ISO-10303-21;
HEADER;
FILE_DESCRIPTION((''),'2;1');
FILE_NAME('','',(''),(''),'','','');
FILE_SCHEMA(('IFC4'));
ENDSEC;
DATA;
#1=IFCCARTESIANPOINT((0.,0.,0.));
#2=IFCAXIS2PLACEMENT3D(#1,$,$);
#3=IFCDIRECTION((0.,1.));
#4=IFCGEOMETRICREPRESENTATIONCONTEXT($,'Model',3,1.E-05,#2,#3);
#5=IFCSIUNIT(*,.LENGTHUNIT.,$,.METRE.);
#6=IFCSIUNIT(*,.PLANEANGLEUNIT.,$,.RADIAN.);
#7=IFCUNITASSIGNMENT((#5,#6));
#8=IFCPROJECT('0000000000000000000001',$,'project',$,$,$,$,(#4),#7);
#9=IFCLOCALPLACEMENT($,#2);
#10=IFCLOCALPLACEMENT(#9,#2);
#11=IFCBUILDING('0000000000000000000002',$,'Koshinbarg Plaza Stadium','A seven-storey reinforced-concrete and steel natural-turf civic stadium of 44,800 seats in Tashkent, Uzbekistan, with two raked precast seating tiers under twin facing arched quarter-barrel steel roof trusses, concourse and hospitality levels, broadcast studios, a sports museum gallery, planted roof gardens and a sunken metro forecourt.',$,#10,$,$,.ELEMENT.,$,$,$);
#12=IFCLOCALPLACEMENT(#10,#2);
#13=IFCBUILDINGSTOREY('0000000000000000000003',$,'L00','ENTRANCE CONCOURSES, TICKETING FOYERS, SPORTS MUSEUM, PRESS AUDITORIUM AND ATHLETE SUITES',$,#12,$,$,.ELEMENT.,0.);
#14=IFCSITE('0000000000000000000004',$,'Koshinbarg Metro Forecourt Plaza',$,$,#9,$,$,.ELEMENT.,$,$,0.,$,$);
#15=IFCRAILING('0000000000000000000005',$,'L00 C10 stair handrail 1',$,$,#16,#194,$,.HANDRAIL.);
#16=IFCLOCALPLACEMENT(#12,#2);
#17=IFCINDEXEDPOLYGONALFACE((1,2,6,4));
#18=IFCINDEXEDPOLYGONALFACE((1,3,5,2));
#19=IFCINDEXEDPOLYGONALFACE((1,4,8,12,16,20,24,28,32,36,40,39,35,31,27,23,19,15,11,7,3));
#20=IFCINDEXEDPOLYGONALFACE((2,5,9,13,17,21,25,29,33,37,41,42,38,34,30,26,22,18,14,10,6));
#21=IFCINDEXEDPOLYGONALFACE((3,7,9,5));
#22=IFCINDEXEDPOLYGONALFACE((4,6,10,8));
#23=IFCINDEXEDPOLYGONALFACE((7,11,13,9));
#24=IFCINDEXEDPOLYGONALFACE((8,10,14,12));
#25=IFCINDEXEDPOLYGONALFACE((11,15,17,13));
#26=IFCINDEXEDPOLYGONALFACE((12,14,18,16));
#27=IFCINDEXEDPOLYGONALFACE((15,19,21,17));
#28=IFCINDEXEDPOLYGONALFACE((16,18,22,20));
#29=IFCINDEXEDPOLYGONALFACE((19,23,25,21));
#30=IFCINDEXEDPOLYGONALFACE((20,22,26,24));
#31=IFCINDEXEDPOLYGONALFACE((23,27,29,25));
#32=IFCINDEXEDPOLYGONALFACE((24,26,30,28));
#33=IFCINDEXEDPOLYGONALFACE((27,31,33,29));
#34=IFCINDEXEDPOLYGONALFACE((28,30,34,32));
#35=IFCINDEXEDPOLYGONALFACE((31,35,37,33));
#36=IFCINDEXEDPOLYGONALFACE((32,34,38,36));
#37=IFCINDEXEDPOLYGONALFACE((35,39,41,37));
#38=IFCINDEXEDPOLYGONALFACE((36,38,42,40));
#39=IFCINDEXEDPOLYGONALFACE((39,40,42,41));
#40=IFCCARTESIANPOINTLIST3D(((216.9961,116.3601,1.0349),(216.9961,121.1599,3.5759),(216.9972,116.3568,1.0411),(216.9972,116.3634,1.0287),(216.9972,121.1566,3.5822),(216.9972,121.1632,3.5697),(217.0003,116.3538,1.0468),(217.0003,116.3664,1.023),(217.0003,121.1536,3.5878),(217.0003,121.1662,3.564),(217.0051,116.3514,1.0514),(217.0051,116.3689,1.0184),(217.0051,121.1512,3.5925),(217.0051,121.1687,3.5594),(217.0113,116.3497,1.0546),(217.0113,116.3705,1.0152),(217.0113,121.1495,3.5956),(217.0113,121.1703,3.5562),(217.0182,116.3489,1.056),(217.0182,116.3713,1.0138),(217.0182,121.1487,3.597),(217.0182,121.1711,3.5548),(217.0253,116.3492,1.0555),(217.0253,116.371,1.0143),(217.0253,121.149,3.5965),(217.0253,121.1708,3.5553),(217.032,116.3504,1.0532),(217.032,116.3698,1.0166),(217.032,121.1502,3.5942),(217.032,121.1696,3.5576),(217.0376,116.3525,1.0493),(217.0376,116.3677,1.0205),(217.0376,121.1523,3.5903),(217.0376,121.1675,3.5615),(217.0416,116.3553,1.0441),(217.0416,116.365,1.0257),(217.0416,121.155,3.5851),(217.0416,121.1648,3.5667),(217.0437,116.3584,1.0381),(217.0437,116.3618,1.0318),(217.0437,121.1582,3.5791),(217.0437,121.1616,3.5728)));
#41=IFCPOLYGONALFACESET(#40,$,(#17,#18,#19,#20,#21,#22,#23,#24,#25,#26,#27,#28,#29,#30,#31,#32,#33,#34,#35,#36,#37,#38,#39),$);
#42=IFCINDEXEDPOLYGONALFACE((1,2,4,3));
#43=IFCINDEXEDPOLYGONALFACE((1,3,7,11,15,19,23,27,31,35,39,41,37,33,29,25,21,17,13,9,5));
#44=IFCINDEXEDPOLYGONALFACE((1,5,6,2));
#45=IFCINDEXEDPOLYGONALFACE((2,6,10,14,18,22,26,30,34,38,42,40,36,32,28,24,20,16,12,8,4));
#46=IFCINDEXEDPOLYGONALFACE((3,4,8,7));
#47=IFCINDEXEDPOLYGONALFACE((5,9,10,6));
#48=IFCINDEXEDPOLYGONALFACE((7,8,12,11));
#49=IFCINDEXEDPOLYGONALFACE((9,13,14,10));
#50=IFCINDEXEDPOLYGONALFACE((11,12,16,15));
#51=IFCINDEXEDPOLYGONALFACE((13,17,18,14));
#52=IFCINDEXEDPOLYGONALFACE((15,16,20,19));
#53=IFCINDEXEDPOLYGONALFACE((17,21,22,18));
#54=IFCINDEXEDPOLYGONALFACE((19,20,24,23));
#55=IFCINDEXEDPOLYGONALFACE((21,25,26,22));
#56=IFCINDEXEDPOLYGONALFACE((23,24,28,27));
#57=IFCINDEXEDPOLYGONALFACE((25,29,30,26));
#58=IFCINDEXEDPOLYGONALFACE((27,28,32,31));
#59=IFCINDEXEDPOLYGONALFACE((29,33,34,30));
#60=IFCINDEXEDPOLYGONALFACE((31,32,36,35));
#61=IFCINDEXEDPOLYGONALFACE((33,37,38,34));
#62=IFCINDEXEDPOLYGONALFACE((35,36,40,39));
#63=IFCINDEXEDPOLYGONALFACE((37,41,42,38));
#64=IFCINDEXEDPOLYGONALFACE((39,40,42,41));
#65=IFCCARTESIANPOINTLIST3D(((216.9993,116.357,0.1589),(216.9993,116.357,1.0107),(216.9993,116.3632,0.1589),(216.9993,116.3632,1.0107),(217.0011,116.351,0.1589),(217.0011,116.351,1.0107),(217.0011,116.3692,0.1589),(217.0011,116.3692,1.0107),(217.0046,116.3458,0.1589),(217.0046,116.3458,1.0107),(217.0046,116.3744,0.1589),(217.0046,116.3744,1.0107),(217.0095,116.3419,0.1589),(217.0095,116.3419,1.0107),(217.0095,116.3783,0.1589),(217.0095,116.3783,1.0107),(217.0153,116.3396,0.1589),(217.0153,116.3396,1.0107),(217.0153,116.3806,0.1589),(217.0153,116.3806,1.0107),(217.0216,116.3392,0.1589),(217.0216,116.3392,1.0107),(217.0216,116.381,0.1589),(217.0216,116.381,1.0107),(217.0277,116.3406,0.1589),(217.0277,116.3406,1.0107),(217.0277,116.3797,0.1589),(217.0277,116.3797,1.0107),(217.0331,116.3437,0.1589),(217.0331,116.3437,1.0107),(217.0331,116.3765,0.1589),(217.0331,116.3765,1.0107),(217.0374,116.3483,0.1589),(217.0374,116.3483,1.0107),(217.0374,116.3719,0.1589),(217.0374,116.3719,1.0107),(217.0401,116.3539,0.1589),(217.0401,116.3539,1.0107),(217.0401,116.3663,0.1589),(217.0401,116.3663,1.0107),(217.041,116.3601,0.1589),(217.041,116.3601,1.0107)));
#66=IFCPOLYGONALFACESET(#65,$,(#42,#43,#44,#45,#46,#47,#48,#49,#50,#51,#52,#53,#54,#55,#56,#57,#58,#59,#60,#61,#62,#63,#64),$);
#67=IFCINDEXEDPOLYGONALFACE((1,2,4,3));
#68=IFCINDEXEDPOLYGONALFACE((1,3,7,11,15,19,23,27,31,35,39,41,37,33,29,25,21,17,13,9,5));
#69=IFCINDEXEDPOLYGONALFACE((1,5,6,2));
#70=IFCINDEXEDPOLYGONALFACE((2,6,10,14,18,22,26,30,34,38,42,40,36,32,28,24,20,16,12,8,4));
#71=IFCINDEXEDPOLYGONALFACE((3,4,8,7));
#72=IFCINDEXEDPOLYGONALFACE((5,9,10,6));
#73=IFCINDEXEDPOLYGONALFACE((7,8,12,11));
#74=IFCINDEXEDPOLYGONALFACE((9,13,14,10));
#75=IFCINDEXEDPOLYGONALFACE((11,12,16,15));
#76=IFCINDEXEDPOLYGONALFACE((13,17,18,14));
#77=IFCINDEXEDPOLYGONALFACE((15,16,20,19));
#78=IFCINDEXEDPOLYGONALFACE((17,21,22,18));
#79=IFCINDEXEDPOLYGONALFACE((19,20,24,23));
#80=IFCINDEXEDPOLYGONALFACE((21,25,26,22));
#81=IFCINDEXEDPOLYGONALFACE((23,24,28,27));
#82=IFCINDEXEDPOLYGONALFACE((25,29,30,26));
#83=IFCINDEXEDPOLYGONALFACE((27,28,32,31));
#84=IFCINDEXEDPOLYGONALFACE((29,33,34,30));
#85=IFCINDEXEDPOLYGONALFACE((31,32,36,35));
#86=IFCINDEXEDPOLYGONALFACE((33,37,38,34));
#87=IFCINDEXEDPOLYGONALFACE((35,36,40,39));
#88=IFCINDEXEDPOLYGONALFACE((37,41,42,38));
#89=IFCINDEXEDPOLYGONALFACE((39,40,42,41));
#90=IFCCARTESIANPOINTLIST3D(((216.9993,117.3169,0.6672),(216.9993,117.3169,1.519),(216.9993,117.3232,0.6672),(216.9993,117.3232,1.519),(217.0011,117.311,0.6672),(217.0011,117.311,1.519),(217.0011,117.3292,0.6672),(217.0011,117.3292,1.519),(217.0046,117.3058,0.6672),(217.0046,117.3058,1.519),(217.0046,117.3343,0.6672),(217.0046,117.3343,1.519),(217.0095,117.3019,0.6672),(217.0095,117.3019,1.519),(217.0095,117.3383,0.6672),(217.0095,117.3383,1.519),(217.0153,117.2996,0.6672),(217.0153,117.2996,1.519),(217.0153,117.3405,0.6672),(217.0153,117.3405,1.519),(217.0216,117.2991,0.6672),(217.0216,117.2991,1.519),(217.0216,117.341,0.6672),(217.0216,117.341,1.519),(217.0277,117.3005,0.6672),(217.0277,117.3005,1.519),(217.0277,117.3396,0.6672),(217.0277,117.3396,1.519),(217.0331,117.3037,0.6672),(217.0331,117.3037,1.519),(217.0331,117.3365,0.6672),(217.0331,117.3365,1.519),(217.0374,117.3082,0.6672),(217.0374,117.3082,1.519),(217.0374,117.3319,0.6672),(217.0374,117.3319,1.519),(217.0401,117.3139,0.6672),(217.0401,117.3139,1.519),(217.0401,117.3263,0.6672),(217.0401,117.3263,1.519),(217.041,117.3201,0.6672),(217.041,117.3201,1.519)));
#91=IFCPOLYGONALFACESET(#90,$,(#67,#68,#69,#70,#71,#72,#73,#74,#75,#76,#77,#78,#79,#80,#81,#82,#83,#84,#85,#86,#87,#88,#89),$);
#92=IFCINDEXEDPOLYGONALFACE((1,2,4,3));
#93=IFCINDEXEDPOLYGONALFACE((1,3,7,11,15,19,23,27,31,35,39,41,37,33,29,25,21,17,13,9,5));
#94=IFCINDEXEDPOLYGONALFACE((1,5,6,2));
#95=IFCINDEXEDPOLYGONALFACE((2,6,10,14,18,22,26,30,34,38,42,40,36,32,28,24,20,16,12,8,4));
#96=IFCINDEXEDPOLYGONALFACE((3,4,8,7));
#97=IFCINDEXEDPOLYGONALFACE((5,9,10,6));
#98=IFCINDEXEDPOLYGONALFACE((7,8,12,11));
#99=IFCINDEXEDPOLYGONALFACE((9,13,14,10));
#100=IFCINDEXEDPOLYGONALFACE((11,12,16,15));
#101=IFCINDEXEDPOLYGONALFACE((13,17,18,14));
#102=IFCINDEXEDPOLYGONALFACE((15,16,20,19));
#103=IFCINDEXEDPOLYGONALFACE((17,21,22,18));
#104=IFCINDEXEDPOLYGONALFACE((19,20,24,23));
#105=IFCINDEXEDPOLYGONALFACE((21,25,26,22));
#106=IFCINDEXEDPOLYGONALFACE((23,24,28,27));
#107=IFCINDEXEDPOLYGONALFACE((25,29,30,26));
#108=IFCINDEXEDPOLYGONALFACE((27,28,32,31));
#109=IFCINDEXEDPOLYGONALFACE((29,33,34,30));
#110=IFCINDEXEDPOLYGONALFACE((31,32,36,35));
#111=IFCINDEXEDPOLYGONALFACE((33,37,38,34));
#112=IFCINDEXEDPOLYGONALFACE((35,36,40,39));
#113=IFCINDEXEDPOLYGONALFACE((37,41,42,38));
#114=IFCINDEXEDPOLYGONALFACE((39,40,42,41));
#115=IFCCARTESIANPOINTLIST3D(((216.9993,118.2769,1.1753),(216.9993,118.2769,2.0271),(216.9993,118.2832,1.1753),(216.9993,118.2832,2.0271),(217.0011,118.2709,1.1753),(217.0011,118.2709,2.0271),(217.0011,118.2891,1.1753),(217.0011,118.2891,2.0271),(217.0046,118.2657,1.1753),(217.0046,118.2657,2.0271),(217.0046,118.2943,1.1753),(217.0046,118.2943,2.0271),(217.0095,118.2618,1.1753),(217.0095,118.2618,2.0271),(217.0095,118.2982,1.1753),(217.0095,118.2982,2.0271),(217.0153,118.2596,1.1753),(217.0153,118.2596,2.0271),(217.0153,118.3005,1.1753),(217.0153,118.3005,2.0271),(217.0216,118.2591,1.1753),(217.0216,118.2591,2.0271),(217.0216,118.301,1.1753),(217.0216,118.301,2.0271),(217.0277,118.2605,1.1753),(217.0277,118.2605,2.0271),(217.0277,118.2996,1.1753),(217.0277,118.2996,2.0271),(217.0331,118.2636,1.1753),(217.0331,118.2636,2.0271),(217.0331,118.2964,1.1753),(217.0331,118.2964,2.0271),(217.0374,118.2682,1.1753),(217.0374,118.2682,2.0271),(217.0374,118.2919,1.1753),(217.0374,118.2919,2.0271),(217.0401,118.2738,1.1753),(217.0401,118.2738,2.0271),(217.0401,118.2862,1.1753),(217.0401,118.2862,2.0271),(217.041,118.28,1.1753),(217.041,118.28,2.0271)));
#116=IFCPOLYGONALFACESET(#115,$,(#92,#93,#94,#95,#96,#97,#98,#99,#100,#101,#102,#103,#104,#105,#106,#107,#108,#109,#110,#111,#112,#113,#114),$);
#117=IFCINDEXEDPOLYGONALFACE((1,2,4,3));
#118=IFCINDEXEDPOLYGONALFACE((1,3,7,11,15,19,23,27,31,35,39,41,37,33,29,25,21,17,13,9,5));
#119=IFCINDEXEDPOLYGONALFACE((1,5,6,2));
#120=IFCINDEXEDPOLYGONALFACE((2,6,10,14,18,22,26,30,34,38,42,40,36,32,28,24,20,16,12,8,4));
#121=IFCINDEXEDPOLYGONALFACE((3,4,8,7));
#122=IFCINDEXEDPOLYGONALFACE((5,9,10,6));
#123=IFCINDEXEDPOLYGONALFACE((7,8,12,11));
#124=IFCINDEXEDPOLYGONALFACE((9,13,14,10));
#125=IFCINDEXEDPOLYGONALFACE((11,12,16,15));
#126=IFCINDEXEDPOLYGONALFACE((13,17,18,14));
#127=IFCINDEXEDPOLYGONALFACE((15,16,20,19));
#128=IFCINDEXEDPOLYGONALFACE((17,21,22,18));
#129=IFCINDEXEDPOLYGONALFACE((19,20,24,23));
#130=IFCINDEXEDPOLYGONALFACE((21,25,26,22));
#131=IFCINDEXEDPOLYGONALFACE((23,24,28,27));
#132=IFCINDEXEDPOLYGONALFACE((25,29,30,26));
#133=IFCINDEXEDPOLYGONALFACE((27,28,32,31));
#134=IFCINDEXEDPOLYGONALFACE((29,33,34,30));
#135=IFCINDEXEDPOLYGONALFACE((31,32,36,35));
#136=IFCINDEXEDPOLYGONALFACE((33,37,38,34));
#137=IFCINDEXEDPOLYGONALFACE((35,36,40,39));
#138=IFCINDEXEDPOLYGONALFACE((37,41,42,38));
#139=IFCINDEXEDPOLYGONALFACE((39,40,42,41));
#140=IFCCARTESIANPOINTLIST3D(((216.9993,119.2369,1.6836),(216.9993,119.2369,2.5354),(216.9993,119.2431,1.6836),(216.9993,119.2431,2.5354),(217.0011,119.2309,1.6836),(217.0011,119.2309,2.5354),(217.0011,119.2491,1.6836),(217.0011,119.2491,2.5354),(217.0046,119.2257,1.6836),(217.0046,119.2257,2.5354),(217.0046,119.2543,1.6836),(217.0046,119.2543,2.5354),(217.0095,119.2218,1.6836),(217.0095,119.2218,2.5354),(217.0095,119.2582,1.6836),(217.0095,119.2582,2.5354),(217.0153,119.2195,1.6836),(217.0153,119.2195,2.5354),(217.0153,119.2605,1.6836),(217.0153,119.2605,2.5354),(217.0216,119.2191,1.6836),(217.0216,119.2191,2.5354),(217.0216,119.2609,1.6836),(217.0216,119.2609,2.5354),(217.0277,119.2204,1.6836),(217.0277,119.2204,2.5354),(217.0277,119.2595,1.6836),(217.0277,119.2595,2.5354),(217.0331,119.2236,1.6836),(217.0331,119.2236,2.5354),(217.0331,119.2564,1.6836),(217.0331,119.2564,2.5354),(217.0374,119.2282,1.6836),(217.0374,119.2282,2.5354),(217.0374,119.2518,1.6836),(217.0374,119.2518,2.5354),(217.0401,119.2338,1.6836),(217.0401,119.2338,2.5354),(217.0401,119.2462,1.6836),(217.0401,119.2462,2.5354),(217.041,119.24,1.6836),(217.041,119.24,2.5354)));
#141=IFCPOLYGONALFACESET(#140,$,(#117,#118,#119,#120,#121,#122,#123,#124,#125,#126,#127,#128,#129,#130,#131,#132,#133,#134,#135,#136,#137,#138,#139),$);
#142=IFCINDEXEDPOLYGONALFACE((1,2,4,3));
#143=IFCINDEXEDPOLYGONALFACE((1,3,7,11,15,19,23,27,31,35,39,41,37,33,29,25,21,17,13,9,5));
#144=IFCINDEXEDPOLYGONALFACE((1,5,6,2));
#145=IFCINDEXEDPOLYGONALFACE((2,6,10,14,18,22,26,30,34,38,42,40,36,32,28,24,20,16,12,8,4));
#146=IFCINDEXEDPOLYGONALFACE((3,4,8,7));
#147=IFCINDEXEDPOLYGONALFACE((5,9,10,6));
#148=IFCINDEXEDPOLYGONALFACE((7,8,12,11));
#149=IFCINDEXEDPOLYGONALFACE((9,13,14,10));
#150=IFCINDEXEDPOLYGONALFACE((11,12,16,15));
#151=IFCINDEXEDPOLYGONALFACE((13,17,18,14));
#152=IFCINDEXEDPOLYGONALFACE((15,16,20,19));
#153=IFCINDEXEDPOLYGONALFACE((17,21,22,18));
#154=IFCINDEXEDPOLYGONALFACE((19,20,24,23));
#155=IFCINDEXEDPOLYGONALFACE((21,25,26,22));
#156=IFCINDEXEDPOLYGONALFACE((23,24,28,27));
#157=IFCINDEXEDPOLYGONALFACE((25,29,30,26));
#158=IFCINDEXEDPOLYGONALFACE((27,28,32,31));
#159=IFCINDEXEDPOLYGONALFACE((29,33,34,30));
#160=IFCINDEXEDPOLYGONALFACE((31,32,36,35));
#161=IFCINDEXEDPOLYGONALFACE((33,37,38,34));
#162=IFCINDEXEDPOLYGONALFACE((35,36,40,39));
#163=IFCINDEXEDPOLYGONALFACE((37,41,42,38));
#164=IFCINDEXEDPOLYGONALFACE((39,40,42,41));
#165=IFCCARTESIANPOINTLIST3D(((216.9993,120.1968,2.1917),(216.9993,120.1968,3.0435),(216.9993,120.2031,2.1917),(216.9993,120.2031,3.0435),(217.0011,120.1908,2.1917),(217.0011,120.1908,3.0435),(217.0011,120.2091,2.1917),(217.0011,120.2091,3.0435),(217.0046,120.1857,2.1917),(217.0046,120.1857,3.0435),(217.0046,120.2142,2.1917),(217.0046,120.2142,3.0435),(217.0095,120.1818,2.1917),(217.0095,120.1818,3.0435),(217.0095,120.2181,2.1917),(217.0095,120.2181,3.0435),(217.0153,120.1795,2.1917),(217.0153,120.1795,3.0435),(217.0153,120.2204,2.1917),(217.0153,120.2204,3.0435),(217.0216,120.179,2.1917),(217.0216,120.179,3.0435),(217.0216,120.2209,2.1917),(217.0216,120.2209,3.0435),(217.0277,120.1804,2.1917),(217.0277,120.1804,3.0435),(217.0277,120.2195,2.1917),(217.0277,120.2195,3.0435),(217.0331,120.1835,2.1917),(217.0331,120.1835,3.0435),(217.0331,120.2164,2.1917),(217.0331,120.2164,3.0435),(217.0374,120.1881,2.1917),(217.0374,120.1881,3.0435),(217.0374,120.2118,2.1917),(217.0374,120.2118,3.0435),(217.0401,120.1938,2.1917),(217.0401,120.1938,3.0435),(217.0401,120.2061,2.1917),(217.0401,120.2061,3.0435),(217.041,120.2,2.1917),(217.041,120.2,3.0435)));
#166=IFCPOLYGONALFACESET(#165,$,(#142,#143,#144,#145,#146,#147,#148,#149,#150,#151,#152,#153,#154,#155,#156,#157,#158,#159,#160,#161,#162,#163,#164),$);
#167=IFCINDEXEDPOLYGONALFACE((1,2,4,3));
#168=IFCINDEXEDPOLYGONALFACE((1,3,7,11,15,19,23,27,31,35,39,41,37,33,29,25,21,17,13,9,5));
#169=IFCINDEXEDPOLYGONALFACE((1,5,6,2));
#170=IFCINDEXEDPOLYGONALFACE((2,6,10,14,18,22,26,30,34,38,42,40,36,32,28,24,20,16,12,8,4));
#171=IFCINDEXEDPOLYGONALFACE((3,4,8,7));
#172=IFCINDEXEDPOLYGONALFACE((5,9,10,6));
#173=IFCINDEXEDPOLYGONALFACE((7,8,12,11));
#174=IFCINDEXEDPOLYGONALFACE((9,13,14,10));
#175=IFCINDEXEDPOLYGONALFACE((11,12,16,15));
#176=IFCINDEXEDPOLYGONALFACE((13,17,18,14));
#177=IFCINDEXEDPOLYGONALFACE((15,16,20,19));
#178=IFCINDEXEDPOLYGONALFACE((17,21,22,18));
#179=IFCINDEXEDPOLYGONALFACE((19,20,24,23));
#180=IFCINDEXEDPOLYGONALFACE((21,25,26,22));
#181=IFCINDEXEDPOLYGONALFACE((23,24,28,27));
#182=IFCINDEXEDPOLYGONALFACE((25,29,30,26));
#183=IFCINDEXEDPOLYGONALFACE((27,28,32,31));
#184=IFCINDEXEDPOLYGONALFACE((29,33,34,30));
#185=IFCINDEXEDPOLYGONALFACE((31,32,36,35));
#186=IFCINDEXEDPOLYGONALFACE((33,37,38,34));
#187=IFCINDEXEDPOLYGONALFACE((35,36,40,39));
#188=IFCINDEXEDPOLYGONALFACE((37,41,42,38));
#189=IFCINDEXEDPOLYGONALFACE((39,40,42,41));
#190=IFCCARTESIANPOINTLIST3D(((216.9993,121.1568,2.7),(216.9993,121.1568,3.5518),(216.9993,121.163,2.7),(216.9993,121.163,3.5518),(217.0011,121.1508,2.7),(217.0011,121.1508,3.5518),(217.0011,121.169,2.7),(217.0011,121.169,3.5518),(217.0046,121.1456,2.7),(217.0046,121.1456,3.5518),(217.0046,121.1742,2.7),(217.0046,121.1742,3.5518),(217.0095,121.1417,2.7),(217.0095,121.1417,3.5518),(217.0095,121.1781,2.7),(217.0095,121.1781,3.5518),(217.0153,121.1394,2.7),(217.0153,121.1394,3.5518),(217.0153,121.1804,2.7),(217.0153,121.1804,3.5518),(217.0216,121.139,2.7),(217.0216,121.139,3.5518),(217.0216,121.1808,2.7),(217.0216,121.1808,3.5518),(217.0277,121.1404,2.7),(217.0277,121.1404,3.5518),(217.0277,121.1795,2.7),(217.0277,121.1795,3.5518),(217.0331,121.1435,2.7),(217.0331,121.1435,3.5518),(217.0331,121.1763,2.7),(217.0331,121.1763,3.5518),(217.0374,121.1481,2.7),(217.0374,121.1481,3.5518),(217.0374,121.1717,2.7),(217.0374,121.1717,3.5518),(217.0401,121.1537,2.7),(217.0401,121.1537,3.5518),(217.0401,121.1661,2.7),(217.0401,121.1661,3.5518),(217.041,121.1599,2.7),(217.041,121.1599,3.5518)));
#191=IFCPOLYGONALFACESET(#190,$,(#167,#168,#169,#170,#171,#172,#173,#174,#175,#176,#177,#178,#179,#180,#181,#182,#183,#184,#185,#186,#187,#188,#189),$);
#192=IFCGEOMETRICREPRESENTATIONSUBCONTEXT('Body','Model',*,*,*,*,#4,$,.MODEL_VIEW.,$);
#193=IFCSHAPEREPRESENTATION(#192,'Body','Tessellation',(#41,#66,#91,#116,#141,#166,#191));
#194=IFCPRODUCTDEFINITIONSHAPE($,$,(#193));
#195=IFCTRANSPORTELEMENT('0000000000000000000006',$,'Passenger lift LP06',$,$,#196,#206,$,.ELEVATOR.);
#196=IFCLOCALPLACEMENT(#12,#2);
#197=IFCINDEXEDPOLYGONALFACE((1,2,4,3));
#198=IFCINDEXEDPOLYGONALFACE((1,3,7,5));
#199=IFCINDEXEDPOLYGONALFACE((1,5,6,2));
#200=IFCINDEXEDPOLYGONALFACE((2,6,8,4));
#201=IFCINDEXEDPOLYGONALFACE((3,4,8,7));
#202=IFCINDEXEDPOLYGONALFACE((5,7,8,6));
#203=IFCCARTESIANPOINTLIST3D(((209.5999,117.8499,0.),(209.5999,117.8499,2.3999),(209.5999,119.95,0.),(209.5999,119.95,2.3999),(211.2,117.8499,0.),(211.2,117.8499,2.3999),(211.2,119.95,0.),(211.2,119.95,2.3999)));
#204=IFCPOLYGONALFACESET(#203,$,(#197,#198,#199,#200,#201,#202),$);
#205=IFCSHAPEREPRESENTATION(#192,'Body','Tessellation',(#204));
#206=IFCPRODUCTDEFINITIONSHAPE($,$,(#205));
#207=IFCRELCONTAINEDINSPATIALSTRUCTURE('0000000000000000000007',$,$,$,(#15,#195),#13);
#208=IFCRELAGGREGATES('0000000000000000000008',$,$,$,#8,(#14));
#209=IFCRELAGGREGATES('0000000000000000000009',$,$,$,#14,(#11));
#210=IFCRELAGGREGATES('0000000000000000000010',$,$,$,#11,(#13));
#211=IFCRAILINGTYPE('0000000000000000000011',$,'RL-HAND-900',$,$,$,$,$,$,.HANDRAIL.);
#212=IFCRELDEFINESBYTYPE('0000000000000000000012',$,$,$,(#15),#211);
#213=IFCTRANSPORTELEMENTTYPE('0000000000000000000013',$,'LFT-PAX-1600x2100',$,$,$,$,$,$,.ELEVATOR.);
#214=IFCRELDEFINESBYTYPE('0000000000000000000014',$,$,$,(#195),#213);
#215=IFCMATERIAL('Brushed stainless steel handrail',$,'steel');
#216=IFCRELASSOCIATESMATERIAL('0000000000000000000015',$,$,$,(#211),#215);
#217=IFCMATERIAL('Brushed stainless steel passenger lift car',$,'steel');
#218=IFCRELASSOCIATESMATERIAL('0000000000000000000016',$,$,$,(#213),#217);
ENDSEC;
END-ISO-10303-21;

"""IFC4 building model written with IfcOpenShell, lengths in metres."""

from ifc_helpers import new_model, si_unit, direction, frame, origin, origin_2d, place, context, subcontext, project, spatial, rectangle, circle, extrude, material, type_object, element, save


model = new_model("IFC4")

# Units and contexts
model_context = context("Model", 3, precision=1e-05, world=origin(), true_north=direction((0.0, 1.0)))
body_context = subcontext(model_context, "Body", "Model", "MODEL_VIEW")
ifc_project = project(units=[si_unit("LENGTHUNIT", "METRE"), si_unit("PLANEANGLEUNIT", "RADIAN")], contexts=[model_context])

# Site, building, storey
site_placement = place(None, origin())
site = spatial("IfcSite", under=ifc_project, at=site_placement, Name="Koshinbarg Metro Forecourt Plaza", CompositionType="ELEMENT", RefElevation=0.0)
building_placement = place(site_placement, origin())
building = spatial("IfcBuilding", under=site, at=building_placement, Name="Koshinbarg Plaza Stadium", Description="A seven-storey reinforced-concrete and steel natural-turf civic stadium of 44,800 seats in Tashkent, Uzbekistan, with two raked precast seating tiers under twin facing arched quarter-barrel steel roof trusses, concourse and hospitality levels, broadcast studios, a sports museum gallery, planted roof gardens and a sunken metro forecourt.", CompositionType="ELEMENT")
storey_placement = place(building_placement, origin())
storey = spatial("IfcBuildingStorey", under=building, at=storey_placement, Name="L00", Description="ENTRANCE CONCOURSES, TICKETING FOYERS, SPORTS MUSEUM, PRESS AUDITORIUM AND ATHLETE SUITES", CompositionType="ELEMENT", Elevation=0.0)

# Railing
ifc_material_1 = material(Name="Brushed stainless steel handrail", Category="steel")
railing_type_1 = type_object("IfcRailingType", Name="RL-HAND-900", PredefinedType="HANDRAIL", material=ifc_material_1)
railing_1_placement = place(storey_placement, frame((217.02, 116.3601, 0.1589)))
element("IfcRailing", 1, at=railing_1_placement, inside=storey, type_object=railing_type_1, Name="L00 C10 stair handrail 1", PredefinedType="HANDRAIL", context=body_context, shape_type="SweptSolid", body=[
    extrude(circle(Radius=0.0239, at=origin_2d()), frame((0.0, 0.0, 0.876), z_axis=(0.0, 0.883792, 0.467879), x_axis=(-1.0, 0.0, 0.0)), (0.0, 0.0, 1.0), 5.4309),
    extrude(circle(Radius=0.021, at=origin_2d()), origin(), (0.0, 0.0, 1.0), 0.8518),
    extrude(circle(Radius=0.021, at=origin_2d()), frame((0.0, 0.96, 0.5083)), (0.0, 0.0, 1.0), 0.8518),
    extrude(circle(Radius=0.021, at=origin_2d()), frame((0.0, 1.9199, 1.0164)), (0.0, 0.0, 1.0), 0.8518),
    extrude(circle(Radius=0.021, at=origin_2d()), frame((0.0, 2.8799, 1.5247)), (0.0, 0.0, 1.0), 0.8518),
    extrude(circle(Radius=0.021, at=origin_2d()), frame((0.0, 3.8398, 2.0327)), (0.0, 0.0, 1.0), 0.8518),
    extrude(circle(Radius=0.021, at=origin_2d()), frame((0.0, 4.7998, 2.541)), (0.0, 0.0, 1.0), 0.8518),
])

# Transport element
ifc_material_2 = material(Name="Brushed stainless steel passenger lift car", Category="steel")
transport_element_type = type_object("IfcTransportElementType", Name="LFT-PAX-1600x2100", PredefinedType="ELEVATOR", material=ifc_material_2)
transport_element_placement = place(storey_placement, frame((210.3999, 118.8999, 0.0), z_axis=(0.0, 0.0, 1.0), x_axis=(1.0, 0.0, 0.0)))
element("IfcTransportElement", 2, at=transport_element_placement, inside=storey, type_object=transport_element_type, Name="Passenger lift LP06", PredefinedType="ELEVATOR", context=body_context, shape_type="SweptSolid", body=[
    extrude(rectangle(XDim=1.6001, YDim=2.1001, at=origin_2d()), origin(), (0.0, 0.0, 1.0), 2.3999),
])

save(model, "model.ifc")
